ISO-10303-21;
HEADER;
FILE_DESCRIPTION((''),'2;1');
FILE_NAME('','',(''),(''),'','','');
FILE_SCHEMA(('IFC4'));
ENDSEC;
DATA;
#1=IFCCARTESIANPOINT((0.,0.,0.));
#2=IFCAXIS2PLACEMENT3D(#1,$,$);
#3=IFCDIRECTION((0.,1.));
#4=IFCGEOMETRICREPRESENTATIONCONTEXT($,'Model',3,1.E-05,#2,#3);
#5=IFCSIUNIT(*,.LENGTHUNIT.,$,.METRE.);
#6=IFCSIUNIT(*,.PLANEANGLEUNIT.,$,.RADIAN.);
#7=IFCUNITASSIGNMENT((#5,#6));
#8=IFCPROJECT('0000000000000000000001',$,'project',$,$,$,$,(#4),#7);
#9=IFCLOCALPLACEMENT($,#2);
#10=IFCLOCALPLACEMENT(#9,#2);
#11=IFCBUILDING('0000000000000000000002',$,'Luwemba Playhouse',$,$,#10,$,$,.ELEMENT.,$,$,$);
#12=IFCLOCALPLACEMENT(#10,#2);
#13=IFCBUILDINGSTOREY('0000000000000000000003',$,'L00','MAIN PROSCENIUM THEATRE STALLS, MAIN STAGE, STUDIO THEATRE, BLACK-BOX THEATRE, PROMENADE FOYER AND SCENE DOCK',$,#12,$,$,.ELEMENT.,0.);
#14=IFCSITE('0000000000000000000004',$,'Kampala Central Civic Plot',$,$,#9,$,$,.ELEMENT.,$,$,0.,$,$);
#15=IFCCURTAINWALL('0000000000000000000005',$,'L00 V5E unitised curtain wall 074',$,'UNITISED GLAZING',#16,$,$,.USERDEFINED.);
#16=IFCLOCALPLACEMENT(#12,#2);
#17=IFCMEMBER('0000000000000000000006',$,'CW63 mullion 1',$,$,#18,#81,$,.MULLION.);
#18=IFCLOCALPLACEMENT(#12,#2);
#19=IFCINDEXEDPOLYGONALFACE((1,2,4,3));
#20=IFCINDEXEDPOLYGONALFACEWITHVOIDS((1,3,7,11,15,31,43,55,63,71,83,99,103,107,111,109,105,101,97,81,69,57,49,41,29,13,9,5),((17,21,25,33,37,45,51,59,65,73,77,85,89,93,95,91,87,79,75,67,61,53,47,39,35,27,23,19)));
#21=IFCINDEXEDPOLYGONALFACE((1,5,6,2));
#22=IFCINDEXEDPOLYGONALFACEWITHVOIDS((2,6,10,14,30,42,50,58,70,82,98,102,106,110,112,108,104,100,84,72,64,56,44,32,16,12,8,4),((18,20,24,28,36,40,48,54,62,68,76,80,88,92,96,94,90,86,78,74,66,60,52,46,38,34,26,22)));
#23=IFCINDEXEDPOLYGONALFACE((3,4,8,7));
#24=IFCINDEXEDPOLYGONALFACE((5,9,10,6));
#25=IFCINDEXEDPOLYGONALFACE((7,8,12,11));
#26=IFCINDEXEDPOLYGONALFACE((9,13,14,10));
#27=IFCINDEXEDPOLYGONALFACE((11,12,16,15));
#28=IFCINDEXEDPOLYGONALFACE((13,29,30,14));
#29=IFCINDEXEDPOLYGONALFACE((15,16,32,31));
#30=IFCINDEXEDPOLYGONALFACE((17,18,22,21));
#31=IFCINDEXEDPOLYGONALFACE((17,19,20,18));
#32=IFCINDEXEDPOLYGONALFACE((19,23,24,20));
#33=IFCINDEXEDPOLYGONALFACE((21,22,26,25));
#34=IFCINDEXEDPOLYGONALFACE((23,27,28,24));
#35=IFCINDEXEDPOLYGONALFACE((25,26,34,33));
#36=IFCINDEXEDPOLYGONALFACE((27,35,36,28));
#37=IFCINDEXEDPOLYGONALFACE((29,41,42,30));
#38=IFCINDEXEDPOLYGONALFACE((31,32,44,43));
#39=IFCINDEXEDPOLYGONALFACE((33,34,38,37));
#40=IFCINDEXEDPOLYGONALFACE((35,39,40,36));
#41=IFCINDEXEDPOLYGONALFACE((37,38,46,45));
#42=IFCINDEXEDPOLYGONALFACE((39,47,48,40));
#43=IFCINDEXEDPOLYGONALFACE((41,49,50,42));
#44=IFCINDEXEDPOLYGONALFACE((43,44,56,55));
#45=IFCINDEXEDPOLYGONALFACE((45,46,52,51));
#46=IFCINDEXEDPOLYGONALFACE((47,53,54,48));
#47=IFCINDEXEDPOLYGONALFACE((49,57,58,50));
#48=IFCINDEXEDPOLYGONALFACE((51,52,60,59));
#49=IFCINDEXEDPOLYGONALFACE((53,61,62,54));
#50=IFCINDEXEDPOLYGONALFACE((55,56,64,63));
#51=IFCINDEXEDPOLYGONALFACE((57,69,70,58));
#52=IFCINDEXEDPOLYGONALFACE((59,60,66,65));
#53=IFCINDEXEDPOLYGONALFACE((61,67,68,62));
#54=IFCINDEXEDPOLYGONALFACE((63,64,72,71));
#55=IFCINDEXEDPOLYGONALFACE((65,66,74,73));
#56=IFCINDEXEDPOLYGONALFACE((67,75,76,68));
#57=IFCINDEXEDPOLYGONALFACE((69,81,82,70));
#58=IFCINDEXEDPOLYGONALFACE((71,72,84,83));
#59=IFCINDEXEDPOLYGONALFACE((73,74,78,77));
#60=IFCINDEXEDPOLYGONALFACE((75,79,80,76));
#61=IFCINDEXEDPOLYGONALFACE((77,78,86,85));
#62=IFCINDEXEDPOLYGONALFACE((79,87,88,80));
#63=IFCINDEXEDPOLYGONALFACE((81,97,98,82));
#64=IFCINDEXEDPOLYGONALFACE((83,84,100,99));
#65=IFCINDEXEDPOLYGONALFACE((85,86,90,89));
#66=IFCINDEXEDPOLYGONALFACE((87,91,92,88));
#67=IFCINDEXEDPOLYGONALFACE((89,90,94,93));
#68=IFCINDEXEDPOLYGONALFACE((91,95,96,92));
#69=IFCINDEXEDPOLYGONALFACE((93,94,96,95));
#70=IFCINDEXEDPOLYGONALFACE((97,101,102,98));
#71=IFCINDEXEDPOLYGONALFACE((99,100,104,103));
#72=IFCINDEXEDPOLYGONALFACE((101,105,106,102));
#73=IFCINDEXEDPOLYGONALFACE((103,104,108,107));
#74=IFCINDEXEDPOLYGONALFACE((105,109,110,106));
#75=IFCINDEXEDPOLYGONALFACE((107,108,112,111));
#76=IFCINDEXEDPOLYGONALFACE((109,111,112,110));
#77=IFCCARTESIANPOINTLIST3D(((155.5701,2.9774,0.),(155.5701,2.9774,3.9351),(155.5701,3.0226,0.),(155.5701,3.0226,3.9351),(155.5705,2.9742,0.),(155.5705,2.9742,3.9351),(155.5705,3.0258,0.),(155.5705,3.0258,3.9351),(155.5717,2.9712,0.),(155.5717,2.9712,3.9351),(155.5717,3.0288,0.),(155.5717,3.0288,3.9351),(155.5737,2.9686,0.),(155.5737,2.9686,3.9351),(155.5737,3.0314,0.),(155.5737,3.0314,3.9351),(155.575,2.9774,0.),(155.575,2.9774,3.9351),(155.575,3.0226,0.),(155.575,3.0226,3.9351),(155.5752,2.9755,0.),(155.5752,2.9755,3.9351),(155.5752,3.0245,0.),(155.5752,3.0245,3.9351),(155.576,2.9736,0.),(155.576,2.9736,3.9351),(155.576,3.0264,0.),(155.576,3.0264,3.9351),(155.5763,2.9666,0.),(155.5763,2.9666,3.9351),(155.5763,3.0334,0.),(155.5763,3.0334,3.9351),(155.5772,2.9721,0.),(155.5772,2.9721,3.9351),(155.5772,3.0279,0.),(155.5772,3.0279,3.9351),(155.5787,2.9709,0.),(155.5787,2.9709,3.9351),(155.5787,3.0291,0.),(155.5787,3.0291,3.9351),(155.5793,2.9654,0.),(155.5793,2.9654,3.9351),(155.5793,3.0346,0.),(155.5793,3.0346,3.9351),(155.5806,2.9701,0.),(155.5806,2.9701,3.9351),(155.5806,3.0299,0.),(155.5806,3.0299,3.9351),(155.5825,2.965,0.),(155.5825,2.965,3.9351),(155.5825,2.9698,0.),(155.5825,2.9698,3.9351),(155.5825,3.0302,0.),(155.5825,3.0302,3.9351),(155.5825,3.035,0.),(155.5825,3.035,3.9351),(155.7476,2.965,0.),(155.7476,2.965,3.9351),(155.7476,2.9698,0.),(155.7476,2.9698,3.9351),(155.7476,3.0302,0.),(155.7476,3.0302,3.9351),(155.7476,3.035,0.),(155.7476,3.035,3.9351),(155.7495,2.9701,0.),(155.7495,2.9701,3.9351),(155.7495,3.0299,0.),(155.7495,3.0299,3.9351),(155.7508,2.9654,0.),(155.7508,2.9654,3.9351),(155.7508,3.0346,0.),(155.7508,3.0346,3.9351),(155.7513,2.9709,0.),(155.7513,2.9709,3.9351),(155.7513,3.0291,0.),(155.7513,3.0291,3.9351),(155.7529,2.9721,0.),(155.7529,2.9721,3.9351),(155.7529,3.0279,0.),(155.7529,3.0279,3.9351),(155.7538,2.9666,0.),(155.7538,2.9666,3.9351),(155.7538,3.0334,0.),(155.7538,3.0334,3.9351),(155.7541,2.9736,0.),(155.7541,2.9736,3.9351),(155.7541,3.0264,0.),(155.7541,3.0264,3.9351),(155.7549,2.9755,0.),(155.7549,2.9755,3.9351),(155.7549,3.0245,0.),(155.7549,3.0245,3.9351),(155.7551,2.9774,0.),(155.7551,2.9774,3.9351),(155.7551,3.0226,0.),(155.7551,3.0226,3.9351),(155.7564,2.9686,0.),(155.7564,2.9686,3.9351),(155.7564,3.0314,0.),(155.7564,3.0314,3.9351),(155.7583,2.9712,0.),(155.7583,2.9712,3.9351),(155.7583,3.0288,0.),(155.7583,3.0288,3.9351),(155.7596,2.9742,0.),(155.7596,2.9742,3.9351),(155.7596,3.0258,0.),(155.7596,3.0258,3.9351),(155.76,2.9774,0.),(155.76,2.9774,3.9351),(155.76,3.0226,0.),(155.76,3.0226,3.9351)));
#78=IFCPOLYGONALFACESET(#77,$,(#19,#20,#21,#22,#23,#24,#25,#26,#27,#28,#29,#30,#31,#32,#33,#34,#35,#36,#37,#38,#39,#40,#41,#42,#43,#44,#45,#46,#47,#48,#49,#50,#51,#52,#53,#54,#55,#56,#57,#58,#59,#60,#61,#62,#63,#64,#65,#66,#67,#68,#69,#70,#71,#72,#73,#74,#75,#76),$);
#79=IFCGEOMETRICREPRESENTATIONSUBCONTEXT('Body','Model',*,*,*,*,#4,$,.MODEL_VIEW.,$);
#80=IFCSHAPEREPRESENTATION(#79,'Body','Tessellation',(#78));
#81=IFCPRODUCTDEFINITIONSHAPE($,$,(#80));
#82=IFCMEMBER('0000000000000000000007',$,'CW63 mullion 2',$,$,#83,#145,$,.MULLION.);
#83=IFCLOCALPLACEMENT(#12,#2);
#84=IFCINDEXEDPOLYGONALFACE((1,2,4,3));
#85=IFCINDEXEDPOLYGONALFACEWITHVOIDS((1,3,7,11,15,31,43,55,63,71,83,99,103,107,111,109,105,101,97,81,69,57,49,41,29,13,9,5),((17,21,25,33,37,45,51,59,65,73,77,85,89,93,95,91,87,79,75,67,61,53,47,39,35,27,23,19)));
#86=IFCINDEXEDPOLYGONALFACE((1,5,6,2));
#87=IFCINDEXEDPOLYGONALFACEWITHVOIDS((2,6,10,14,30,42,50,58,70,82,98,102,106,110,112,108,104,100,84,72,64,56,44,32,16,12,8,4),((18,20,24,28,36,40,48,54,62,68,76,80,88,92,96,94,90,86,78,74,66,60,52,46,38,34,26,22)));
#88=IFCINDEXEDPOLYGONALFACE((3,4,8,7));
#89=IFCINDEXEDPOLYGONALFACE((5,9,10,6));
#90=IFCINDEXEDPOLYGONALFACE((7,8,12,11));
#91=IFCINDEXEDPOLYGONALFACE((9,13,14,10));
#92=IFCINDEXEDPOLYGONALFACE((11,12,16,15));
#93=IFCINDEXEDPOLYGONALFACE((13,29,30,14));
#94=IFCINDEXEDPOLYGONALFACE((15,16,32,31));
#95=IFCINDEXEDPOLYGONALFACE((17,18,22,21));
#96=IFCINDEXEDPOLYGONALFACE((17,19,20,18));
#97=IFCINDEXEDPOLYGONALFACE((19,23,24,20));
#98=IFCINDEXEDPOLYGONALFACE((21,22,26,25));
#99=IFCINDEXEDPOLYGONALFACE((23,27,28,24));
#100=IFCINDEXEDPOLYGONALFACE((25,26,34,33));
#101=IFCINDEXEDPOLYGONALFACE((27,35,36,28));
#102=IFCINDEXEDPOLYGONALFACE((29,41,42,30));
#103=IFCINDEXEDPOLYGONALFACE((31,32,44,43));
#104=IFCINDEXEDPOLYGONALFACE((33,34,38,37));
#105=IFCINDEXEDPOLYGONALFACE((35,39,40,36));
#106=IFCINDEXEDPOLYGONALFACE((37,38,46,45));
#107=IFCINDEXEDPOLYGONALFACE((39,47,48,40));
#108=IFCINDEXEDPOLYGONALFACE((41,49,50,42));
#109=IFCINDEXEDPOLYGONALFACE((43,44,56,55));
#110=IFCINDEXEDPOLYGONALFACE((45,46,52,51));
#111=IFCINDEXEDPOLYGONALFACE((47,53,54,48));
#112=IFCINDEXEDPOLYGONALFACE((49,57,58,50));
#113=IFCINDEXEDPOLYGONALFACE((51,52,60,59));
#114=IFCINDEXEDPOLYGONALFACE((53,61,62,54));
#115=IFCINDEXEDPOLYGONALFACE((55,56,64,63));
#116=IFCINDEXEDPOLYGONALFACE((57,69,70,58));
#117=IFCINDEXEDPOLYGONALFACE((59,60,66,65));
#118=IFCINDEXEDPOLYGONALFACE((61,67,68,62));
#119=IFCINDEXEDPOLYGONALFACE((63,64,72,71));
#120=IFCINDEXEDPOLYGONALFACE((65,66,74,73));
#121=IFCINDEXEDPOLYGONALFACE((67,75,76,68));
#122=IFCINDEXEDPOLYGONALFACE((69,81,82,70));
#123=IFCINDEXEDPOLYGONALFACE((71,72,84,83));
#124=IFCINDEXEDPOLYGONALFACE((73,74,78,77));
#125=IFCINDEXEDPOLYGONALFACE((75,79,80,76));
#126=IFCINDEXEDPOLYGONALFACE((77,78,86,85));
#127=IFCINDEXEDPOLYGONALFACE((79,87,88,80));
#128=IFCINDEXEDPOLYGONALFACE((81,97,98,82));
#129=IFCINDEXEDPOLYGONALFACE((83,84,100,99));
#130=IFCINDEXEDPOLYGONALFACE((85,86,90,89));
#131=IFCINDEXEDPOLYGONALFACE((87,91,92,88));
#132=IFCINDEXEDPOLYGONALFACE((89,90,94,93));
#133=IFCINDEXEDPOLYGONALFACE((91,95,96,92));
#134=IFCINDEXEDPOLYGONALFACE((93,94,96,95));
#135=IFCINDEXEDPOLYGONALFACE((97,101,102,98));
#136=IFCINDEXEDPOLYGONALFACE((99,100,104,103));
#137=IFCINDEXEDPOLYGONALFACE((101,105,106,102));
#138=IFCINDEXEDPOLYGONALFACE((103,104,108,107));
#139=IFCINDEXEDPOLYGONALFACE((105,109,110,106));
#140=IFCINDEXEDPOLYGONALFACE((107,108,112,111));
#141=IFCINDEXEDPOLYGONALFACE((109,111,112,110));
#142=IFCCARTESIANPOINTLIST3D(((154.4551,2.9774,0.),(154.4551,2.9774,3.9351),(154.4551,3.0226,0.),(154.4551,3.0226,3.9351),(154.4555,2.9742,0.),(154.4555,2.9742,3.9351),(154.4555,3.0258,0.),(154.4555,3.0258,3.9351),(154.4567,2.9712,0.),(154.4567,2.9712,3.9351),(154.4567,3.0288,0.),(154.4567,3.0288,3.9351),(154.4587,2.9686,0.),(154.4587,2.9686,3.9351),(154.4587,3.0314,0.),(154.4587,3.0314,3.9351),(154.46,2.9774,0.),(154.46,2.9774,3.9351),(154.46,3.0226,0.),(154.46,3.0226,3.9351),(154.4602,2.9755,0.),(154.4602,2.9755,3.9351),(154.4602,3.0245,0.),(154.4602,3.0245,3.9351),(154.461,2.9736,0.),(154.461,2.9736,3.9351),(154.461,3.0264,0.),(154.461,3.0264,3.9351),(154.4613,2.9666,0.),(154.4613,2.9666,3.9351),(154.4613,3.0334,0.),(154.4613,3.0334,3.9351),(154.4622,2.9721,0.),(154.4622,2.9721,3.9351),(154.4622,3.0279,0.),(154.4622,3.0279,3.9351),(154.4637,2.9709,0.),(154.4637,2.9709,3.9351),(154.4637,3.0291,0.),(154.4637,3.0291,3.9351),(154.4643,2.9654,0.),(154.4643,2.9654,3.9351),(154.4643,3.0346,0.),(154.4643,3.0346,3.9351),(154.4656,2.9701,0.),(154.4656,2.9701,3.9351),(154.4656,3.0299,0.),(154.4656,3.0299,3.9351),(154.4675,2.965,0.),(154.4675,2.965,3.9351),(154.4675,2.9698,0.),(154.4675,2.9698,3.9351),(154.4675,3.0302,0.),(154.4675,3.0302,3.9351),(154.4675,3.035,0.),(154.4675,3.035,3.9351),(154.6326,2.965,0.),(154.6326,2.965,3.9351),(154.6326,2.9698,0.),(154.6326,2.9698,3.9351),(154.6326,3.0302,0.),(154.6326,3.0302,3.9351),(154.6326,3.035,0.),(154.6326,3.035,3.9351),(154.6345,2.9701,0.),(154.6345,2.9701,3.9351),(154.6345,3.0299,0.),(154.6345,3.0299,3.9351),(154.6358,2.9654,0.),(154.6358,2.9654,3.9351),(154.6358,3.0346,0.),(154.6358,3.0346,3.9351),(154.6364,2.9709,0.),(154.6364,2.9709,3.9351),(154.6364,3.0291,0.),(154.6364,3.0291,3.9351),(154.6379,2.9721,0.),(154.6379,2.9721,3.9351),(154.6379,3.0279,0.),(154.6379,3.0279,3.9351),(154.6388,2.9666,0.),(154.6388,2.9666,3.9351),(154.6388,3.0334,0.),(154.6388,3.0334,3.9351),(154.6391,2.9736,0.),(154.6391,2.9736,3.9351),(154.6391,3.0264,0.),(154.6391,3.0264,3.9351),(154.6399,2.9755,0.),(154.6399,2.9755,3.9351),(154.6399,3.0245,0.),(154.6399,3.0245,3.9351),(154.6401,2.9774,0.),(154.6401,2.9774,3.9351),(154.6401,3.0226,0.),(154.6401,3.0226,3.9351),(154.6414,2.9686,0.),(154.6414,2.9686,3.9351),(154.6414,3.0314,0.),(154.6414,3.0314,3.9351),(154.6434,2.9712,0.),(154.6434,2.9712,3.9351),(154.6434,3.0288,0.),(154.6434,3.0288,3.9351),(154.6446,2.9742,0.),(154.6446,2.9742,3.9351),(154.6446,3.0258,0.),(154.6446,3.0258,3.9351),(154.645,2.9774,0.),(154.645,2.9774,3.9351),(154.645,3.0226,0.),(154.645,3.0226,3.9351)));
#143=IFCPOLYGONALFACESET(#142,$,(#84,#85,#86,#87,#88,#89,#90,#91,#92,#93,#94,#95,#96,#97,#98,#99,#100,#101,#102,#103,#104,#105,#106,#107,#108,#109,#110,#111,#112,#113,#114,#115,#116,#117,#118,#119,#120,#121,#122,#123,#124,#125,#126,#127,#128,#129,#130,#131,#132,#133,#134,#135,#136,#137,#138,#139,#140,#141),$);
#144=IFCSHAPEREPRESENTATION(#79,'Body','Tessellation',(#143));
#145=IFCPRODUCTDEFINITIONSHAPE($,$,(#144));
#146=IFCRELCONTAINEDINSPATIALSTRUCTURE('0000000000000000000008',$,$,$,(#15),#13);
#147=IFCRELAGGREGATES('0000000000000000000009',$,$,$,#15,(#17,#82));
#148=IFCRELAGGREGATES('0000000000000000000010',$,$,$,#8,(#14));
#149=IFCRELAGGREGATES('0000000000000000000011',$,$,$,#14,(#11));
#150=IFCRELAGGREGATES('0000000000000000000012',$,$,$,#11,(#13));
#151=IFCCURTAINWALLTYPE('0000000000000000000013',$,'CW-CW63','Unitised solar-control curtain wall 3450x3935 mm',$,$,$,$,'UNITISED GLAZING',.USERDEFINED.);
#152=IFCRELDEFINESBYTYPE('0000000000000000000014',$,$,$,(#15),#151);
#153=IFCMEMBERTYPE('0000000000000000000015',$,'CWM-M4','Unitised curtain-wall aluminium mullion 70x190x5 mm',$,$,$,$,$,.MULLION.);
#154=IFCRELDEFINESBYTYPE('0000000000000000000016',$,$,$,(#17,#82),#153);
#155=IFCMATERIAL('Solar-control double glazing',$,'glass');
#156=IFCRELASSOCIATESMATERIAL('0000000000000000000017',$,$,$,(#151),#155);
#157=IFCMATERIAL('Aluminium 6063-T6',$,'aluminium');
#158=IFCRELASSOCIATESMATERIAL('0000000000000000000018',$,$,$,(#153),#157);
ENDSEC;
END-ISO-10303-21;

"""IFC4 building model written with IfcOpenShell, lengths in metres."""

from ifc_helpers import new_model, si_unit, direction, frame, origin, origin_2d, place, context, subcontext, project, spatial, hollow_rectangle, extrude, material, material_profile, profile_set, type_object, element, aggregate, save


model = new_model("IFC4")

# Units and contexts
model_context = context("Model", 3, precision=1e-05, world=origin(), true_north=direction((0.0, 1.0)))
body_context = subcontext(model_context, "Body", "Model", "MODEL_VIEW")
ifc_project = project(units=[si_unit("LENGTHUNIT", "METRE"), si_unit("PLANEANGLEUNIT", "RADIAN")], contexts=[model_context])

# Site, building, storey
site_placement = place(None, origin())
site = spatial("IfcSite", under=ifc_project, at=site_placement, Name="Kampala Central Civic Plot", CompositionType="ELEMENT", RefElevation=0.0)
building_placement = place(site_placement, origin())
building = spatial("IfcBuilding", under=site, at=building_placement, Name="Luwemba Playhouse", CompositionType="ELEMENT")
storey_placement = place(building_placement, origin())
storey = spatial("IfcBuildingStorey", under=building, at=storey_placement, Name="L00", Description="MAIN PROSCENIUM THEATRE STALLS, MAIN STAGE, STUDIO THEATRE, BLACK-BOX THEATRE, PROMENADE FOYER AND SCENE DOCK", CompositionType="ELEMENT", Elevation=0.0)

# Curtain wall, members
ifc_material_1 = material(Name="Solar-control double glazing", Category="glass")
curtain_wall_type = type_object("IfcCurtainWallType", Name="CW-CW63", Description="Unitised solar-control curtain wall 3450x3935 mm", ElementType="UNITISED GLAZING", PredefinedType="USERDEFINED", material=ifc_material_1)
curtain_wall_placement = place(storey_placement, origin())
curtain_wall = element("IfcCurtainWall", 1, at=curtain_wall_placement, inside=storey, type_object=curtain_wall_type, Name="L00 V5E unitised curtain wall 074", ObjectType="UNITISED GLAZING", PredefinedType="USERDEFINED")
ifc_material_2 = material(Name="Aluminium 6063-T6", Category="aluminium")
ifc_material_profile_1 = material_profile(ifc_material_2, hollow_rectangle(XDim=0.0701, YDim=0.1899, WallThickness=0.0049, InnerFilletRadius=0.0076, OuterFilletRadius=0.0125, at=origin_2d()))
ifc_profile_set_1 = profile_set([ifc_material_profile_1], Name="Aluminium 6063-T6")
member_type_1 = type_object("IfcMemberType", Name="CWM-M4", Description="Unitised curtain-wall aluminium mullion 70x190x5 mm", PredefinedType="MULLION", material=ifc_profile_set_1)
member_1_placement = place(storey_placement, frame((155.665, 3.0, 0.0), z_axis=(0.0, 0.0, 1.0), x_axis=(0.0, -1.0, 0.0)))
member_1 = element("IfcMember", 2, at=member_1_placement, type_object=member_type_1, Name="CW63 mullion 1", PredefinedType="MULLION", context=body_context, shape_type="SweptSolid", body=[
    extrude(hollow_rectangle(XDim=0.0701, YDim=0.1899, WallThickness=0.0049, InnerFilletRadius=0.0076, OuterFilletRadius=0.0125, at=origin_2d()), origin(), (0.0, 0.0, 1.0), 3.9351),
])
member_2_placement = place(storey_placement, frame((154.55, 3.0, 0.0), z_axis=(0.0, 0.0, 1.0), x_axis=(0.0, -1.0, 0.0)))
member_2 = element("IfcMember", 3, at=member_2_placement, type_object=member_type_1, Name="CW63 mullion 2", PredefinedType="MULLION", context=body_context, shape_type="SweptSolid", body=[
    extrude(hollow_rectangle(XDim=0.0701, YDim=0.1899, WallThickness=0.0049, InnerFilletRadius=0.0076, OuterFilletRadius=0.0125, at=origin_2d()), origin(), (0.0, 0.0, 1.0), 3.9351),
])
aggregate(curtain_wall, [member_1, member_2])

save(model, "model.ifc")
